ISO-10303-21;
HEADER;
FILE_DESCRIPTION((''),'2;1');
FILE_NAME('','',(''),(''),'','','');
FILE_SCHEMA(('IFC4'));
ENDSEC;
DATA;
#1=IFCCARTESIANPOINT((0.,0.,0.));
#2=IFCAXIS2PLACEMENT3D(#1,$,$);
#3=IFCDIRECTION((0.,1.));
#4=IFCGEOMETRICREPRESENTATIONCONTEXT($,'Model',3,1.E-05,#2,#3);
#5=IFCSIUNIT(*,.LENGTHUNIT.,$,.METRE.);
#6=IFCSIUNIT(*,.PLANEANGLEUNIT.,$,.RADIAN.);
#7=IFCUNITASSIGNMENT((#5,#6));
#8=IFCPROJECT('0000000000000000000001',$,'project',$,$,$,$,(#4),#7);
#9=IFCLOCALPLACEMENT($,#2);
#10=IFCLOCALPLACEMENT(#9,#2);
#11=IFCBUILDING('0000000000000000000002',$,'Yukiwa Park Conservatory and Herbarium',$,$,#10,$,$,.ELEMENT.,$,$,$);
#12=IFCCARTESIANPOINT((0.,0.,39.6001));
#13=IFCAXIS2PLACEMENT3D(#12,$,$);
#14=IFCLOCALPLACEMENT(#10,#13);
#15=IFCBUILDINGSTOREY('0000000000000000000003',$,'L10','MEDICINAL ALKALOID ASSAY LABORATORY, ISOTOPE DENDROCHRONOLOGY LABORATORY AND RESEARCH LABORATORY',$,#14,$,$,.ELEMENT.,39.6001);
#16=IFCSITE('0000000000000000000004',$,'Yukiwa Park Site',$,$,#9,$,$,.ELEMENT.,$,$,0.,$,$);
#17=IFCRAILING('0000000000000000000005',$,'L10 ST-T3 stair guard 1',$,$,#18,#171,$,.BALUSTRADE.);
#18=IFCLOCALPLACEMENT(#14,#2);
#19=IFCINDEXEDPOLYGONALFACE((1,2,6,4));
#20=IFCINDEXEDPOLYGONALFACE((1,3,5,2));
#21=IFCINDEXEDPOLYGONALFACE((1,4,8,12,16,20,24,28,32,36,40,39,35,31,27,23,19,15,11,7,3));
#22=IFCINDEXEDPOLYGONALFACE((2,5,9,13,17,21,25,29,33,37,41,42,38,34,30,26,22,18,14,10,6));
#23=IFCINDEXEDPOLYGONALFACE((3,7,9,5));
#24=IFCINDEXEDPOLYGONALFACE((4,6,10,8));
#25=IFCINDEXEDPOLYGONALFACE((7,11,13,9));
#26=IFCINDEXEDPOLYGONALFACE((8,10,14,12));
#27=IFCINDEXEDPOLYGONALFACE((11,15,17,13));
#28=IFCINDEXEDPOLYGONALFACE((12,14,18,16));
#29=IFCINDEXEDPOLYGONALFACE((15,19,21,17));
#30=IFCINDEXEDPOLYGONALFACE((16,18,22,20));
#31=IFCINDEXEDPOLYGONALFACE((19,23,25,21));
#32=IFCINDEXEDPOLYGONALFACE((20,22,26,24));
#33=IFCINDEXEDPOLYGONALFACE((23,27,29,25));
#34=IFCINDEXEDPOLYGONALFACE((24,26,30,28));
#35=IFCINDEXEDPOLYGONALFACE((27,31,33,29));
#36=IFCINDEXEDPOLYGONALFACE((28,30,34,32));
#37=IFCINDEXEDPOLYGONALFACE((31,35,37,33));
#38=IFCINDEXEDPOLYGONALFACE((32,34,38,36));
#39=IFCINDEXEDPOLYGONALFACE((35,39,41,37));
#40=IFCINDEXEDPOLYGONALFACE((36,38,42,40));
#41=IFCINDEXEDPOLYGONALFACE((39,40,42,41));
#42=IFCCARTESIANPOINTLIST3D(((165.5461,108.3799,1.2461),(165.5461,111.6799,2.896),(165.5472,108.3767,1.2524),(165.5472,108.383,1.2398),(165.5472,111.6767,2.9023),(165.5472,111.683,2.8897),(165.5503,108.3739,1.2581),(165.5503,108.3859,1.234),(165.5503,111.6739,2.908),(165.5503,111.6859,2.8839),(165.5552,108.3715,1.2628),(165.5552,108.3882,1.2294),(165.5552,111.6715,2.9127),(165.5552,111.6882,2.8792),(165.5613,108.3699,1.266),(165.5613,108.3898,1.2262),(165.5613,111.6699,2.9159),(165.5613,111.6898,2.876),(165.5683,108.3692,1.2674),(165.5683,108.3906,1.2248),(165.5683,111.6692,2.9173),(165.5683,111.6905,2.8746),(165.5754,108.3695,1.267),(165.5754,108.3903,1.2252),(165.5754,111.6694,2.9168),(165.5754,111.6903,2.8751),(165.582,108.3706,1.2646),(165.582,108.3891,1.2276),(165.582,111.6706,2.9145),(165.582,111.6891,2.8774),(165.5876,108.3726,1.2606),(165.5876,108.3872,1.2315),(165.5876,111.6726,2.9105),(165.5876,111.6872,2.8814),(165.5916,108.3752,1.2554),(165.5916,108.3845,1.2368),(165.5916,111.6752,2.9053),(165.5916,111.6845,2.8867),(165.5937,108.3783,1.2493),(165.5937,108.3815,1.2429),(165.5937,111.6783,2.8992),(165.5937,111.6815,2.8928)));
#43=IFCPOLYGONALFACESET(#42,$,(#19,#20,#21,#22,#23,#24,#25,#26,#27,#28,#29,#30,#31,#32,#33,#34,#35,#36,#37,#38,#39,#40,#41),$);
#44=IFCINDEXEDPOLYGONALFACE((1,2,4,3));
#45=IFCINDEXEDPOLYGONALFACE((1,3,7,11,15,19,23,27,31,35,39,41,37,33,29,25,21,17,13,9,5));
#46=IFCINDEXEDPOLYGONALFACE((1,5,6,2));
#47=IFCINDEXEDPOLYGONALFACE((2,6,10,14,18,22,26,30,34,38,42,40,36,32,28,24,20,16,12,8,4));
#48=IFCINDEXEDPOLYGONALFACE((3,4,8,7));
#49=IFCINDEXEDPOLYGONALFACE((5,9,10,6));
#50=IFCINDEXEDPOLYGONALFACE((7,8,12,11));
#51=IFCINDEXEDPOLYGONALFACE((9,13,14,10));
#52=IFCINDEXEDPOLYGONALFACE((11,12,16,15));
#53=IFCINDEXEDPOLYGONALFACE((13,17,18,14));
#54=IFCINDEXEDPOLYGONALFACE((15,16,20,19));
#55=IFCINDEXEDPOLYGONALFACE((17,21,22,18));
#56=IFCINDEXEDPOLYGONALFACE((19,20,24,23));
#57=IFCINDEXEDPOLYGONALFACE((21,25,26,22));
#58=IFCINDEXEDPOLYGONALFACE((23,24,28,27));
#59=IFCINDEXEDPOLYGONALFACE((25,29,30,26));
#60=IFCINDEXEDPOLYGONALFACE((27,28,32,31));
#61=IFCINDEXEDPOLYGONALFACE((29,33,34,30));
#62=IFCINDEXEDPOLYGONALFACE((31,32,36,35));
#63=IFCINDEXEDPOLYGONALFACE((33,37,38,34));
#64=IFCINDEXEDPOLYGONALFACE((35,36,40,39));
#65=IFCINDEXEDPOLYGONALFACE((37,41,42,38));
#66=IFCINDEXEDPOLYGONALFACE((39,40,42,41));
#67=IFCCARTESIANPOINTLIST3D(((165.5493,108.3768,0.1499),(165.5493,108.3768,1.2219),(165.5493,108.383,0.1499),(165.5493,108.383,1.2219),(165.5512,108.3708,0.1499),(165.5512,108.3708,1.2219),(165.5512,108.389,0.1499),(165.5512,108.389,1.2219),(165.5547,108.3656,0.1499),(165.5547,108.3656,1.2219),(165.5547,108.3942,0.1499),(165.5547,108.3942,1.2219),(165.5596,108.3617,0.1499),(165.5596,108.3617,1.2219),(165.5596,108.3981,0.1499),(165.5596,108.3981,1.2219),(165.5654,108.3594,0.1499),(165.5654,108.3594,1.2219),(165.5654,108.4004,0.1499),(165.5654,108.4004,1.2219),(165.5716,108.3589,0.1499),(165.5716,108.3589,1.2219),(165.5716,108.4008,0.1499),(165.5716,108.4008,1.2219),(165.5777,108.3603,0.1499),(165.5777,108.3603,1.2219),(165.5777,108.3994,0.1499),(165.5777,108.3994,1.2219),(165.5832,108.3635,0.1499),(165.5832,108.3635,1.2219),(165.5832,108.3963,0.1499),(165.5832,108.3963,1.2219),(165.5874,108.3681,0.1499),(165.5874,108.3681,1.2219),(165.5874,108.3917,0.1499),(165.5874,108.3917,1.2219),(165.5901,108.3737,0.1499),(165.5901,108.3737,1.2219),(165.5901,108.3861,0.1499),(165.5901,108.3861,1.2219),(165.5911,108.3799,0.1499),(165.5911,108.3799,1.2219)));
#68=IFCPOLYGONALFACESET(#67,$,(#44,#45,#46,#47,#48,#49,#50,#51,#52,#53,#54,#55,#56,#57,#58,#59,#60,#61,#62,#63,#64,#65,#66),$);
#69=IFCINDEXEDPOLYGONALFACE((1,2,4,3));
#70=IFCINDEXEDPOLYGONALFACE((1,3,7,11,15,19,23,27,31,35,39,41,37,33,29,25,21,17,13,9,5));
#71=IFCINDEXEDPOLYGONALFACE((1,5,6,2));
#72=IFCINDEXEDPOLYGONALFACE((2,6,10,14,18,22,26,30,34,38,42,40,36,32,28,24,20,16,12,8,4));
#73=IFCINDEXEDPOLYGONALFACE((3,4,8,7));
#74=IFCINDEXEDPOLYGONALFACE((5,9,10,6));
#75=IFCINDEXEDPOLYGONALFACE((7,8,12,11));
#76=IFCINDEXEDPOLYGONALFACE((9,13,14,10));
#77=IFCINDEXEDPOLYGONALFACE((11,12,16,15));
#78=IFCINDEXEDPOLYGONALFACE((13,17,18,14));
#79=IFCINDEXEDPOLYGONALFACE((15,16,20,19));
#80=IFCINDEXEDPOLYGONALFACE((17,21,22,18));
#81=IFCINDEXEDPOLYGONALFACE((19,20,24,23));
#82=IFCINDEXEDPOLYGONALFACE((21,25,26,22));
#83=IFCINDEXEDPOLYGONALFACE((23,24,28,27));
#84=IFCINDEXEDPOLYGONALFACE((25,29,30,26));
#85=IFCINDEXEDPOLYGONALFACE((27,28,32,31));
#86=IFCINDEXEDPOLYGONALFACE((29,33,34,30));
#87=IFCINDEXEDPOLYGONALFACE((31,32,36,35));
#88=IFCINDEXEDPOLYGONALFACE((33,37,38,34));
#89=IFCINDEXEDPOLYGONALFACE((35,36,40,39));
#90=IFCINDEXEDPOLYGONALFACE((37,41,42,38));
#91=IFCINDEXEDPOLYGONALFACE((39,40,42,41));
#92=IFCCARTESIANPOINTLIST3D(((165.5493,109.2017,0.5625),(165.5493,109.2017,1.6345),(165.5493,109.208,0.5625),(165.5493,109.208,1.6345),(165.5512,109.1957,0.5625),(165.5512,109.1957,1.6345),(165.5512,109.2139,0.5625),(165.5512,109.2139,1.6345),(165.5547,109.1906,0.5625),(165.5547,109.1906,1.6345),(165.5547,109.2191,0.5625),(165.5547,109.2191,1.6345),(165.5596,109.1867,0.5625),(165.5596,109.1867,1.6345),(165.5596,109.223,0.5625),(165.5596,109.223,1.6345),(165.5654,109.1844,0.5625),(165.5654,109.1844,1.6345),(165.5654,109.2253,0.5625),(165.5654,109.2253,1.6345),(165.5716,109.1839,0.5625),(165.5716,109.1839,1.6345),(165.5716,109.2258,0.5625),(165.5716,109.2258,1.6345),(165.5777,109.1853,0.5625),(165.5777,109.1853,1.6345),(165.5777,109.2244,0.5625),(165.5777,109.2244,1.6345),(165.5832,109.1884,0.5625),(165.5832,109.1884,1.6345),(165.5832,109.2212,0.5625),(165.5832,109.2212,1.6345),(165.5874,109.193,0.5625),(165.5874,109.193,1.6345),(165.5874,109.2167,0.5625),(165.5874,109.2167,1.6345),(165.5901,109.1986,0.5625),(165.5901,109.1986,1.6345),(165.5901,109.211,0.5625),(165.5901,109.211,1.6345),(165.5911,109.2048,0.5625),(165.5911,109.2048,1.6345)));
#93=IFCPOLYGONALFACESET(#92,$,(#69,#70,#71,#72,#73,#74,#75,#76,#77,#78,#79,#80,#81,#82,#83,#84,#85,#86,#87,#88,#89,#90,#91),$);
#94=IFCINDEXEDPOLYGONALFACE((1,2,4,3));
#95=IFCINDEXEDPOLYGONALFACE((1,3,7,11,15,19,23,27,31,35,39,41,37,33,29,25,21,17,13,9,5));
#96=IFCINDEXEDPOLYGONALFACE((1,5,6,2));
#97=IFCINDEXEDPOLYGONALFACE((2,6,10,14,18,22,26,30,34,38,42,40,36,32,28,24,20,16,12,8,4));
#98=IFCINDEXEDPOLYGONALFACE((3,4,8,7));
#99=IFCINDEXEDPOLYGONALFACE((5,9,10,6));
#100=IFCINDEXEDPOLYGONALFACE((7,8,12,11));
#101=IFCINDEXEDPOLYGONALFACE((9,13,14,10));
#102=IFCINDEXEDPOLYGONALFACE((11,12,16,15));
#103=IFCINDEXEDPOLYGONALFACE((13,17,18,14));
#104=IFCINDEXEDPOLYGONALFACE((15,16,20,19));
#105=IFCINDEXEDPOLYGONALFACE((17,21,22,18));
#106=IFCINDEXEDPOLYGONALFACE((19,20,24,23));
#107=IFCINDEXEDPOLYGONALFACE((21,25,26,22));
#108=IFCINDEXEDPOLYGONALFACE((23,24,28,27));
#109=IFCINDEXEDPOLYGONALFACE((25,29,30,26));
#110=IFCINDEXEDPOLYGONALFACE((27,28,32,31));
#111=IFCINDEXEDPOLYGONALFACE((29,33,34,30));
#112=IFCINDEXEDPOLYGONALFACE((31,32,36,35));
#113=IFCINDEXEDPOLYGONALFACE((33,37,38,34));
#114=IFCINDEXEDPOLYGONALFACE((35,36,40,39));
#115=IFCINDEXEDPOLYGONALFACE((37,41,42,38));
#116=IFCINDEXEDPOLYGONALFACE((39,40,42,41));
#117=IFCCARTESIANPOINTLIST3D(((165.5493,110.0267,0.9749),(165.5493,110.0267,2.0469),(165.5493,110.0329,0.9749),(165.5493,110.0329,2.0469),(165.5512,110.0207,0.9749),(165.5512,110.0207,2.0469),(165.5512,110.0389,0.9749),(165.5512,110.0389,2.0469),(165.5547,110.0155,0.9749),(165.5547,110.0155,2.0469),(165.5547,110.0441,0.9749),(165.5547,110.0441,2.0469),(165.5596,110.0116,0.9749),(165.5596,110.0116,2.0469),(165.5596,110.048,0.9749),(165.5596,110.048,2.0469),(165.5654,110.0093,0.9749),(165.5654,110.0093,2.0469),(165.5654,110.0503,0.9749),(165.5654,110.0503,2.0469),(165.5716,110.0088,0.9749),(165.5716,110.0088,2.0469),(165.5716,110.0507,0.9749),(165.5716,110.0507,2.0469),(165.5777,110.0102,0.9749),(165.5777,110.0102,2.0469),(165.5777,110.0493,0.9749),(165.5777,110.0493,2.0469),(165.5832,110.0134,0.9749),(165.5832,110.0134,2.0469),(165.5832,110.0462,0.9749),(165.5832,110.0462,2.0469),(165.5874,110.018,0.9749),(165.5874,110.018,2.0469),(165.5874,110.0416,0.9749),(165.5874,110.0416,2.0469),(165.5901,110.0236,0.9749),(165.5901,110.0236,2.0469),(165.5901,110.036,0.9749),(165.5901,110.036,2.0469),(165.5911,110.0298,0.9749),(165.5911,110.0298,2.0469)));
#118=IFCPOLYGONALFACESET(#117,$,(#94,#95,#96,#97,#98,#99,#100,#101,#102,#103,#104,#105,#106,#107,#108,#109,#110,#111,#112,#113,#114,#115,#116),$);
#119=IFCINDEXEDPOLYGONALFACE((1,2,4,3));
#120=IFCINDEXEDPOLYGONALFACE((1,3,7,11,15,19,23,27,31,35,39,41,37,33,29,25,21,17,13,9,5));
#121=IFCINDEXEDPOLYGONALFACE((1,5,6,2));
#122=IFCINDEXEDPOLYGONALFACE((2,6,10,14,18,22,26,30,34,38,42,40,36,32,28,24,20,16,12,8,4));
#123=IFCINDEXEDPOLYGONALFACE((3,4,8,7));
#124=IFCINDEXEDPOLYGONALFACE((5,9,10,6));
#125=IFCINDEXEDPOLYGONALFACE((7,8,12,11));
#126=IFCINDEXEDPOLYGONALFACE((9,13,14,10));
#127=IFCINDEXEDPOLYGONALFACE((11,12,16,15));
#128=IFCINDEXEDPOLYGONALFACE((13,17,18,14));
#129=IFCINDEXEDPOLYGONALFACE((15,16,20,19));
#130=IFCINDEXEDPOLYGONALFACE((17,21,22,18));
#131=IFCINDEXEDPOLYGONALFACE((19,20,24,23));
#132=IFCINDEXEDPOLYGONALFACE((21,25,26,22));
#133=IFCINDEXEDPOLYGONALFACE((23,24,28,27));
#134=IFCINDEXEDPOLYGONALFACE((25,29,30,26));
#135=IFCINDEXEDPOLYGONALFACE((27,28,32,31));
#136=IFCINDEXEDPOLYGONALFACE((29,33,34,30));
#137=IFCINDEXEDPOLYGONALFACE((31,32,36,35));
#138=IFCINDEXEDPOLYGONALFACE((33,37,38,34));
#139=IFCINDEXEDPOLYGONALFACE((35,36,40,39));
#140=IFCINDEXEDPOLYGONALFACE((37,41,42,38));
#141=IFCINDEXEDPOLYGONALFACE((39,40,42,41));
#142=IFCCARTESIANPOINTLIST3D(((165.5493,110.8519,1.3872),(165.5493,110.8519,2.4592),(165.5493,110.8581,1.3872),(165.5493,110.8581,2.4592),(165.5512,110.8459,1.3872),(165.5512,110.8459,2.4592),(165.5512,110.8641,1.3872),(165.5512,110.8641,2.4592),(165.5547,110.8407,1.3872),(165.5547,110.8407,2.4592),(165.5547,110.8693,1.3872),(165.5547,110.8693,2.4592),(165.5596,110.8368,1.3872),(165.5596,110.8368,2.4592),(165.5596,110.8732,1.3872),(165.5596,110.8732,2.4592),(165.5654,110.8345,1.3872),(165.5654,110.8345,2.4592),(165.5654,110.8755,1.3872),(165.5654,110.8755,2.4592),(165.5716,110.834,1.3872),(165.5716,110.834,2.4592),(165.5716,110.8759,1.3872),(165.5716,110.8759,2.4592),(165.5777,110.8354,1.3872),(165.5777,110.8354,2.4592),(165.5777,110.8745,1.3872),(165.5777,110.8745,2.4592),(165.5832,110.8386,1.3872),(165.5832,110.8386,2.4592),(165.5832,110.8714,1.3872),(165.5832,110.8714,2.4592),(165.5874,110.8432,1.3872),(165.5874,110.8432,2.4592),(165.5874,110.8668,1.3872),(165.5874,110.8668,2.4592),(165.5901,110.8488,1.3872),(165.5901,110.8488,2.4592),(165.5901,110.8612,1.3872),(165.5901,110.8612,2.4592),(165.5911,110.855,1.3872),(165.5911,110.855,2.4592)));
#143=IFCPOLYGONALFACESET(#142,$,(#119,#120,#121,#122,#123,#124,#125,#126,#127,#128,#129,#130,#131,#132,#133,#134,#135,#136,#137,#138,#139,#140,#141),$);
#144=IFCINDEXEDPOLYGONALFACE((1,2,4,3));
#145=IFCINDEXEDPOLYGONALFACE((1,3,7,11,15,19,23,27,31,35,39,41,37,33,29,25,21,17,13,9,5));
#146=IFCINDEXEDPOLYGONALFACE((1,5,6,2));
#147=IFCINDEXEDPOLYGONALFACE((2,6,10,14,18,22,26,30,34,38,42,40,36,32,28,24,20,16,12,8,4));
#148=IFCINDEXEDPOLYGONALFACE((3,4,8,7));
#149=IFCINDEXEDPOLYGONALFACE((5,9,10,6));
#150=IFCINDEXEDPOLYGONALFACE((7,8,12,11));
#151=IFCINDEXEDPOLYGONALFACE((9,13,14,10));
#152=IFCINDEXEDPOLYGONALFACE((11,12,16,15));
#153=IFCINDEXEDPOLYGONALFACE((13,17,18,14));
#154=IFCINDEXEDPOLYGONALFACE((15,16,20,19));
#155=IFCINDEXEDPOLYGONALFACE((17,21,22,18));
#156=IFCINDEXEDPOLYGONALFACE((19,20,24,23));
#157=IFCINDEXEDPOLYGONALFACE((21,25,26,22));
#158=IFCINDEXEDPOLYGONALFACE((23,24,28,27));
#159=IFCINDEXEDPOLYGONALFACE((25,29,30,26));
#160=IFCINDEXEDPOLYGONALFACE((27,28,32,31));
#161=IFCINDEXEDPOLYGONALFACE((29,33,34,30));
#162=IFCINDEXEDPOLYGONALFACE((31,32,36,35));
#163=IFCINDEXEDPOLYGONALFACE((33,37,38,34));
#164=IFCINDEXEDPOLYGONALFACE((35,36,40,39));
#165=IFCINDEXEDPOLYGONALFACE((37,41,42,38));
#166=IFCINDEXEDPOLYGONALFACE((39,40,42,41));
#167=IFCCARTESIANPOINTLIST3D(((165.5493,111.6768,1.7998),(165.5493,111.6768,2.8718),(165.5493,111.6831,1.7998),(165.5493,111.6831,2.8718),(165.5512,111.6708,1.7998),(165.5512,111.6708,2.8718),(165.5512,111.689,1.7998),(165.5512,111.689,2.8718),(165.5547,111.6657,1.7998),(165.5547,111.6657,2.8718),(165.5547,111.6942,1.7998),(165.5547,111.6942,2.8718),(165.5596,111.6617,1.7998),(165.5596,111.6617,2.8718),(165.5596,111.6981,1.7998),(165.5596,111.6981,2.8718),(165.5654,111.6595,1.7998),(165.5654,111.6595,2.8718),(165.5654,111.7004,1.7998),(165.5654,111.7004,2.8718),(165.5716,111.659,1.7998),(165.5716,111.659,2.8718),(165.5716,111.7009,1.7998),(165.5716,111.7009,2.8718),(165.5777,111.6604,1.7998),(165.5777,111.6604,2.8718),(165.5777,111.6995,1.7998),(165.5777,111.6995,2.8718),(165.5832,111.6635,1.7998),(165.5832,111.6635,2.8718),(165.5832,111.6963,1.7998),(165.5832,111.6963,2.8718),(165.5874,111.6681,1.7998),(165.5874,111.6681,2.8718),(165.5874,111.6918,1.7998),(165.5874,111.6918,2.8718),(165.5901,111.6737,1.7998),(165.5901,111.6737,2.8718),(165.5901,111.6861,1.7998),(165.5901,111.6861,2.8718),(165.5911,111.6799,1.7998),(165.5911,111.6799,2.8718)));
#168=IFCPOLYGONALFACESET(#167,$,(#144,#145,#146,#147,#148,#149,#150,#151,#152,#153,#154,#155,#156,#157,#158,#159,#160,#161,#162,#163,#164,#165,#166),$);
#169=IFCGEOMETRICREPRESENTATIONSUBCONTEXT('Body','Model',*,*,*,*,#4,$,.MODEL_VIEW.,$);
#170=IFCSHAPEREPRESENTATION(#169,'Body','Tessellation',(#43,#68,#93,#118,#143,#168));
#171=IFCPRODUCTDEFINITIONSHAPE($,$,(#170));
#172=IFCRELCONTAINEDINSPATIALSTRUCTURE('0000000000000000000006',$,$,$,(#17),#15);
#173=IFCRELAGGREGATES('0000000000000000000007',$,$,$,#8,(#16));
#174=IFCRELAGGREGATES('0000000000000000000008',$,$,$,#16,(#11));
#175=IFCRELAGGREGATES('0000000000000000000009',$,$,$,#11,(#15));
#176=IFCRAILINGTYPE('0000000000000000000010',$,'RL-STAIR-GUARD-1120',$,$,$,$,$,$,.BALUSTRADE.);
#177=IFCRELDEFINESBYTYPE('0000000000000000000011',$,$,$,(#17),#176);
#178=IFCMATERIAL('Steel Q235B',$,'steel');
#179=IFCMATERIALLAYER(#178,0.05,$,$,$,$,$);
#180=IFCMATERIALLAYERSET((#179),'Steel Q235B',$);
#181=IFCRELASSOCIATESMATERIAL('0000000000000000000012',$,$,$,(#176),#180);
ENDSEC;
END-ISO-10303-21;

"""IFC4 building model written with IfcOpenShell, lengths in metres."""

from ifc_helpers import new_model, si_unit, direction, frame, origin, origin_2d, place, context, subcontext, project, spatial, circle, extrude, material, layer, layer_set, type_object, element, save


model = new_model("IFC4")

# Units and contexts
model_context = context("Model", 3, precision=1e-05, world=origin(), true_north=direction((0.0, 1.0)))
body_context = subcontext(model_context, "Body", "Model", "MODEL_VIEW")
ifc_project = project(units=[si_unit("LENGTHUNIT", "METRE"), si_unit("PLANEANGLEUNIT", "RADIAN")], contexts=[model_context])

# Site, building, storey
site_placement = place(None, origin())
site = spatial("IfcSite", under=ifc_project, at=site_placement, Name="Yukiwa Park Site", CompositionType="ELEMENT", RefElevation=0.0)
building_placement = place(site_placement, origin())
building = spatial("IfcBuilding", under=site, at=building_placement, Name="Yukiwa Park Conservatory and Herbarium", CompositionType="ELEMENT")
storey_placement = place(building_placement, frame((0.0, 0.0, 39.6001)))
storey = spatial("IfcBuildingStorey", under=building, at=storey_placement, Name="L10", Description="MEDICINAL ALKALOID ASSAY LABORATORY, ISOTOPE DENDROCHRONOLOGY LABORATORY AND RESEARCH LABORATORY", CompositionType="ELEMENT", Elevation=39.6001)

# Railing
ifc_material_1 = material(Name="Steel Q235B", Category="steel")
ifc_layer_1 = layer(ifc_material_1, 0.05)
ifc_layer_set_1 = layer_set([ifc_layer_1], Name="Steel Q235B")
railing_type_1 = type_object("IfcRailingType", Name="RL-STAIR-GUARD-1120", PredefinedType="BALUSTRADE", material=ifc_layer_set_1)
railing_1_placement = place(storey_placement, frame((165.5701, 108.3799, 0.1499)))
element("IfcRailing", 1, at=railing_1_placement, inside=storey, type_object=railing_type_1, Name="L10 ST-T3 stair guard 1", PredefinedType="BALUSTRADE", context=body_context, shape_type="SweptSolid", body=[
    extrude(circle(Radius=0.0239, at=origin_2d()), frame((0.0, 0.0, 1.0962), z_axis=(0.0, 0.89444, 0.447187), x_axis=(-1.0, 0.0, 0.0)), (0.0, 0.0, 1.0), 3.6895),
    extrude(circle(Radius=0.021, at=origin_2d()), origin(), (0.0, 0.0, 1.0), 1.072),
    extrude(circle(Radius=0.021, at=origin_2d()), frame((0.0, 0.825, 0.4126)), (0.0, 0.0, 1.0), 1.072),
    extrude(circle(Radius=0.021, at=origin_2d()), frame((0.0, 1.6499, 0.825)), (0.0, 0.0, 1.0), 1.072),
    extrude(circle(Radius=0.021, at=origin_2d()), frame((0.0, 2.4751, 1.2373)), (0.0, 0.0, 1.0), 1.072),
    extrude(circle(Radius=0.021, at=origin_2d()), frame((0.0, 3.3, 1.6499)), (0.0, 0.0, 1.0), 1.072),
])

save(model, "model.ifc")
